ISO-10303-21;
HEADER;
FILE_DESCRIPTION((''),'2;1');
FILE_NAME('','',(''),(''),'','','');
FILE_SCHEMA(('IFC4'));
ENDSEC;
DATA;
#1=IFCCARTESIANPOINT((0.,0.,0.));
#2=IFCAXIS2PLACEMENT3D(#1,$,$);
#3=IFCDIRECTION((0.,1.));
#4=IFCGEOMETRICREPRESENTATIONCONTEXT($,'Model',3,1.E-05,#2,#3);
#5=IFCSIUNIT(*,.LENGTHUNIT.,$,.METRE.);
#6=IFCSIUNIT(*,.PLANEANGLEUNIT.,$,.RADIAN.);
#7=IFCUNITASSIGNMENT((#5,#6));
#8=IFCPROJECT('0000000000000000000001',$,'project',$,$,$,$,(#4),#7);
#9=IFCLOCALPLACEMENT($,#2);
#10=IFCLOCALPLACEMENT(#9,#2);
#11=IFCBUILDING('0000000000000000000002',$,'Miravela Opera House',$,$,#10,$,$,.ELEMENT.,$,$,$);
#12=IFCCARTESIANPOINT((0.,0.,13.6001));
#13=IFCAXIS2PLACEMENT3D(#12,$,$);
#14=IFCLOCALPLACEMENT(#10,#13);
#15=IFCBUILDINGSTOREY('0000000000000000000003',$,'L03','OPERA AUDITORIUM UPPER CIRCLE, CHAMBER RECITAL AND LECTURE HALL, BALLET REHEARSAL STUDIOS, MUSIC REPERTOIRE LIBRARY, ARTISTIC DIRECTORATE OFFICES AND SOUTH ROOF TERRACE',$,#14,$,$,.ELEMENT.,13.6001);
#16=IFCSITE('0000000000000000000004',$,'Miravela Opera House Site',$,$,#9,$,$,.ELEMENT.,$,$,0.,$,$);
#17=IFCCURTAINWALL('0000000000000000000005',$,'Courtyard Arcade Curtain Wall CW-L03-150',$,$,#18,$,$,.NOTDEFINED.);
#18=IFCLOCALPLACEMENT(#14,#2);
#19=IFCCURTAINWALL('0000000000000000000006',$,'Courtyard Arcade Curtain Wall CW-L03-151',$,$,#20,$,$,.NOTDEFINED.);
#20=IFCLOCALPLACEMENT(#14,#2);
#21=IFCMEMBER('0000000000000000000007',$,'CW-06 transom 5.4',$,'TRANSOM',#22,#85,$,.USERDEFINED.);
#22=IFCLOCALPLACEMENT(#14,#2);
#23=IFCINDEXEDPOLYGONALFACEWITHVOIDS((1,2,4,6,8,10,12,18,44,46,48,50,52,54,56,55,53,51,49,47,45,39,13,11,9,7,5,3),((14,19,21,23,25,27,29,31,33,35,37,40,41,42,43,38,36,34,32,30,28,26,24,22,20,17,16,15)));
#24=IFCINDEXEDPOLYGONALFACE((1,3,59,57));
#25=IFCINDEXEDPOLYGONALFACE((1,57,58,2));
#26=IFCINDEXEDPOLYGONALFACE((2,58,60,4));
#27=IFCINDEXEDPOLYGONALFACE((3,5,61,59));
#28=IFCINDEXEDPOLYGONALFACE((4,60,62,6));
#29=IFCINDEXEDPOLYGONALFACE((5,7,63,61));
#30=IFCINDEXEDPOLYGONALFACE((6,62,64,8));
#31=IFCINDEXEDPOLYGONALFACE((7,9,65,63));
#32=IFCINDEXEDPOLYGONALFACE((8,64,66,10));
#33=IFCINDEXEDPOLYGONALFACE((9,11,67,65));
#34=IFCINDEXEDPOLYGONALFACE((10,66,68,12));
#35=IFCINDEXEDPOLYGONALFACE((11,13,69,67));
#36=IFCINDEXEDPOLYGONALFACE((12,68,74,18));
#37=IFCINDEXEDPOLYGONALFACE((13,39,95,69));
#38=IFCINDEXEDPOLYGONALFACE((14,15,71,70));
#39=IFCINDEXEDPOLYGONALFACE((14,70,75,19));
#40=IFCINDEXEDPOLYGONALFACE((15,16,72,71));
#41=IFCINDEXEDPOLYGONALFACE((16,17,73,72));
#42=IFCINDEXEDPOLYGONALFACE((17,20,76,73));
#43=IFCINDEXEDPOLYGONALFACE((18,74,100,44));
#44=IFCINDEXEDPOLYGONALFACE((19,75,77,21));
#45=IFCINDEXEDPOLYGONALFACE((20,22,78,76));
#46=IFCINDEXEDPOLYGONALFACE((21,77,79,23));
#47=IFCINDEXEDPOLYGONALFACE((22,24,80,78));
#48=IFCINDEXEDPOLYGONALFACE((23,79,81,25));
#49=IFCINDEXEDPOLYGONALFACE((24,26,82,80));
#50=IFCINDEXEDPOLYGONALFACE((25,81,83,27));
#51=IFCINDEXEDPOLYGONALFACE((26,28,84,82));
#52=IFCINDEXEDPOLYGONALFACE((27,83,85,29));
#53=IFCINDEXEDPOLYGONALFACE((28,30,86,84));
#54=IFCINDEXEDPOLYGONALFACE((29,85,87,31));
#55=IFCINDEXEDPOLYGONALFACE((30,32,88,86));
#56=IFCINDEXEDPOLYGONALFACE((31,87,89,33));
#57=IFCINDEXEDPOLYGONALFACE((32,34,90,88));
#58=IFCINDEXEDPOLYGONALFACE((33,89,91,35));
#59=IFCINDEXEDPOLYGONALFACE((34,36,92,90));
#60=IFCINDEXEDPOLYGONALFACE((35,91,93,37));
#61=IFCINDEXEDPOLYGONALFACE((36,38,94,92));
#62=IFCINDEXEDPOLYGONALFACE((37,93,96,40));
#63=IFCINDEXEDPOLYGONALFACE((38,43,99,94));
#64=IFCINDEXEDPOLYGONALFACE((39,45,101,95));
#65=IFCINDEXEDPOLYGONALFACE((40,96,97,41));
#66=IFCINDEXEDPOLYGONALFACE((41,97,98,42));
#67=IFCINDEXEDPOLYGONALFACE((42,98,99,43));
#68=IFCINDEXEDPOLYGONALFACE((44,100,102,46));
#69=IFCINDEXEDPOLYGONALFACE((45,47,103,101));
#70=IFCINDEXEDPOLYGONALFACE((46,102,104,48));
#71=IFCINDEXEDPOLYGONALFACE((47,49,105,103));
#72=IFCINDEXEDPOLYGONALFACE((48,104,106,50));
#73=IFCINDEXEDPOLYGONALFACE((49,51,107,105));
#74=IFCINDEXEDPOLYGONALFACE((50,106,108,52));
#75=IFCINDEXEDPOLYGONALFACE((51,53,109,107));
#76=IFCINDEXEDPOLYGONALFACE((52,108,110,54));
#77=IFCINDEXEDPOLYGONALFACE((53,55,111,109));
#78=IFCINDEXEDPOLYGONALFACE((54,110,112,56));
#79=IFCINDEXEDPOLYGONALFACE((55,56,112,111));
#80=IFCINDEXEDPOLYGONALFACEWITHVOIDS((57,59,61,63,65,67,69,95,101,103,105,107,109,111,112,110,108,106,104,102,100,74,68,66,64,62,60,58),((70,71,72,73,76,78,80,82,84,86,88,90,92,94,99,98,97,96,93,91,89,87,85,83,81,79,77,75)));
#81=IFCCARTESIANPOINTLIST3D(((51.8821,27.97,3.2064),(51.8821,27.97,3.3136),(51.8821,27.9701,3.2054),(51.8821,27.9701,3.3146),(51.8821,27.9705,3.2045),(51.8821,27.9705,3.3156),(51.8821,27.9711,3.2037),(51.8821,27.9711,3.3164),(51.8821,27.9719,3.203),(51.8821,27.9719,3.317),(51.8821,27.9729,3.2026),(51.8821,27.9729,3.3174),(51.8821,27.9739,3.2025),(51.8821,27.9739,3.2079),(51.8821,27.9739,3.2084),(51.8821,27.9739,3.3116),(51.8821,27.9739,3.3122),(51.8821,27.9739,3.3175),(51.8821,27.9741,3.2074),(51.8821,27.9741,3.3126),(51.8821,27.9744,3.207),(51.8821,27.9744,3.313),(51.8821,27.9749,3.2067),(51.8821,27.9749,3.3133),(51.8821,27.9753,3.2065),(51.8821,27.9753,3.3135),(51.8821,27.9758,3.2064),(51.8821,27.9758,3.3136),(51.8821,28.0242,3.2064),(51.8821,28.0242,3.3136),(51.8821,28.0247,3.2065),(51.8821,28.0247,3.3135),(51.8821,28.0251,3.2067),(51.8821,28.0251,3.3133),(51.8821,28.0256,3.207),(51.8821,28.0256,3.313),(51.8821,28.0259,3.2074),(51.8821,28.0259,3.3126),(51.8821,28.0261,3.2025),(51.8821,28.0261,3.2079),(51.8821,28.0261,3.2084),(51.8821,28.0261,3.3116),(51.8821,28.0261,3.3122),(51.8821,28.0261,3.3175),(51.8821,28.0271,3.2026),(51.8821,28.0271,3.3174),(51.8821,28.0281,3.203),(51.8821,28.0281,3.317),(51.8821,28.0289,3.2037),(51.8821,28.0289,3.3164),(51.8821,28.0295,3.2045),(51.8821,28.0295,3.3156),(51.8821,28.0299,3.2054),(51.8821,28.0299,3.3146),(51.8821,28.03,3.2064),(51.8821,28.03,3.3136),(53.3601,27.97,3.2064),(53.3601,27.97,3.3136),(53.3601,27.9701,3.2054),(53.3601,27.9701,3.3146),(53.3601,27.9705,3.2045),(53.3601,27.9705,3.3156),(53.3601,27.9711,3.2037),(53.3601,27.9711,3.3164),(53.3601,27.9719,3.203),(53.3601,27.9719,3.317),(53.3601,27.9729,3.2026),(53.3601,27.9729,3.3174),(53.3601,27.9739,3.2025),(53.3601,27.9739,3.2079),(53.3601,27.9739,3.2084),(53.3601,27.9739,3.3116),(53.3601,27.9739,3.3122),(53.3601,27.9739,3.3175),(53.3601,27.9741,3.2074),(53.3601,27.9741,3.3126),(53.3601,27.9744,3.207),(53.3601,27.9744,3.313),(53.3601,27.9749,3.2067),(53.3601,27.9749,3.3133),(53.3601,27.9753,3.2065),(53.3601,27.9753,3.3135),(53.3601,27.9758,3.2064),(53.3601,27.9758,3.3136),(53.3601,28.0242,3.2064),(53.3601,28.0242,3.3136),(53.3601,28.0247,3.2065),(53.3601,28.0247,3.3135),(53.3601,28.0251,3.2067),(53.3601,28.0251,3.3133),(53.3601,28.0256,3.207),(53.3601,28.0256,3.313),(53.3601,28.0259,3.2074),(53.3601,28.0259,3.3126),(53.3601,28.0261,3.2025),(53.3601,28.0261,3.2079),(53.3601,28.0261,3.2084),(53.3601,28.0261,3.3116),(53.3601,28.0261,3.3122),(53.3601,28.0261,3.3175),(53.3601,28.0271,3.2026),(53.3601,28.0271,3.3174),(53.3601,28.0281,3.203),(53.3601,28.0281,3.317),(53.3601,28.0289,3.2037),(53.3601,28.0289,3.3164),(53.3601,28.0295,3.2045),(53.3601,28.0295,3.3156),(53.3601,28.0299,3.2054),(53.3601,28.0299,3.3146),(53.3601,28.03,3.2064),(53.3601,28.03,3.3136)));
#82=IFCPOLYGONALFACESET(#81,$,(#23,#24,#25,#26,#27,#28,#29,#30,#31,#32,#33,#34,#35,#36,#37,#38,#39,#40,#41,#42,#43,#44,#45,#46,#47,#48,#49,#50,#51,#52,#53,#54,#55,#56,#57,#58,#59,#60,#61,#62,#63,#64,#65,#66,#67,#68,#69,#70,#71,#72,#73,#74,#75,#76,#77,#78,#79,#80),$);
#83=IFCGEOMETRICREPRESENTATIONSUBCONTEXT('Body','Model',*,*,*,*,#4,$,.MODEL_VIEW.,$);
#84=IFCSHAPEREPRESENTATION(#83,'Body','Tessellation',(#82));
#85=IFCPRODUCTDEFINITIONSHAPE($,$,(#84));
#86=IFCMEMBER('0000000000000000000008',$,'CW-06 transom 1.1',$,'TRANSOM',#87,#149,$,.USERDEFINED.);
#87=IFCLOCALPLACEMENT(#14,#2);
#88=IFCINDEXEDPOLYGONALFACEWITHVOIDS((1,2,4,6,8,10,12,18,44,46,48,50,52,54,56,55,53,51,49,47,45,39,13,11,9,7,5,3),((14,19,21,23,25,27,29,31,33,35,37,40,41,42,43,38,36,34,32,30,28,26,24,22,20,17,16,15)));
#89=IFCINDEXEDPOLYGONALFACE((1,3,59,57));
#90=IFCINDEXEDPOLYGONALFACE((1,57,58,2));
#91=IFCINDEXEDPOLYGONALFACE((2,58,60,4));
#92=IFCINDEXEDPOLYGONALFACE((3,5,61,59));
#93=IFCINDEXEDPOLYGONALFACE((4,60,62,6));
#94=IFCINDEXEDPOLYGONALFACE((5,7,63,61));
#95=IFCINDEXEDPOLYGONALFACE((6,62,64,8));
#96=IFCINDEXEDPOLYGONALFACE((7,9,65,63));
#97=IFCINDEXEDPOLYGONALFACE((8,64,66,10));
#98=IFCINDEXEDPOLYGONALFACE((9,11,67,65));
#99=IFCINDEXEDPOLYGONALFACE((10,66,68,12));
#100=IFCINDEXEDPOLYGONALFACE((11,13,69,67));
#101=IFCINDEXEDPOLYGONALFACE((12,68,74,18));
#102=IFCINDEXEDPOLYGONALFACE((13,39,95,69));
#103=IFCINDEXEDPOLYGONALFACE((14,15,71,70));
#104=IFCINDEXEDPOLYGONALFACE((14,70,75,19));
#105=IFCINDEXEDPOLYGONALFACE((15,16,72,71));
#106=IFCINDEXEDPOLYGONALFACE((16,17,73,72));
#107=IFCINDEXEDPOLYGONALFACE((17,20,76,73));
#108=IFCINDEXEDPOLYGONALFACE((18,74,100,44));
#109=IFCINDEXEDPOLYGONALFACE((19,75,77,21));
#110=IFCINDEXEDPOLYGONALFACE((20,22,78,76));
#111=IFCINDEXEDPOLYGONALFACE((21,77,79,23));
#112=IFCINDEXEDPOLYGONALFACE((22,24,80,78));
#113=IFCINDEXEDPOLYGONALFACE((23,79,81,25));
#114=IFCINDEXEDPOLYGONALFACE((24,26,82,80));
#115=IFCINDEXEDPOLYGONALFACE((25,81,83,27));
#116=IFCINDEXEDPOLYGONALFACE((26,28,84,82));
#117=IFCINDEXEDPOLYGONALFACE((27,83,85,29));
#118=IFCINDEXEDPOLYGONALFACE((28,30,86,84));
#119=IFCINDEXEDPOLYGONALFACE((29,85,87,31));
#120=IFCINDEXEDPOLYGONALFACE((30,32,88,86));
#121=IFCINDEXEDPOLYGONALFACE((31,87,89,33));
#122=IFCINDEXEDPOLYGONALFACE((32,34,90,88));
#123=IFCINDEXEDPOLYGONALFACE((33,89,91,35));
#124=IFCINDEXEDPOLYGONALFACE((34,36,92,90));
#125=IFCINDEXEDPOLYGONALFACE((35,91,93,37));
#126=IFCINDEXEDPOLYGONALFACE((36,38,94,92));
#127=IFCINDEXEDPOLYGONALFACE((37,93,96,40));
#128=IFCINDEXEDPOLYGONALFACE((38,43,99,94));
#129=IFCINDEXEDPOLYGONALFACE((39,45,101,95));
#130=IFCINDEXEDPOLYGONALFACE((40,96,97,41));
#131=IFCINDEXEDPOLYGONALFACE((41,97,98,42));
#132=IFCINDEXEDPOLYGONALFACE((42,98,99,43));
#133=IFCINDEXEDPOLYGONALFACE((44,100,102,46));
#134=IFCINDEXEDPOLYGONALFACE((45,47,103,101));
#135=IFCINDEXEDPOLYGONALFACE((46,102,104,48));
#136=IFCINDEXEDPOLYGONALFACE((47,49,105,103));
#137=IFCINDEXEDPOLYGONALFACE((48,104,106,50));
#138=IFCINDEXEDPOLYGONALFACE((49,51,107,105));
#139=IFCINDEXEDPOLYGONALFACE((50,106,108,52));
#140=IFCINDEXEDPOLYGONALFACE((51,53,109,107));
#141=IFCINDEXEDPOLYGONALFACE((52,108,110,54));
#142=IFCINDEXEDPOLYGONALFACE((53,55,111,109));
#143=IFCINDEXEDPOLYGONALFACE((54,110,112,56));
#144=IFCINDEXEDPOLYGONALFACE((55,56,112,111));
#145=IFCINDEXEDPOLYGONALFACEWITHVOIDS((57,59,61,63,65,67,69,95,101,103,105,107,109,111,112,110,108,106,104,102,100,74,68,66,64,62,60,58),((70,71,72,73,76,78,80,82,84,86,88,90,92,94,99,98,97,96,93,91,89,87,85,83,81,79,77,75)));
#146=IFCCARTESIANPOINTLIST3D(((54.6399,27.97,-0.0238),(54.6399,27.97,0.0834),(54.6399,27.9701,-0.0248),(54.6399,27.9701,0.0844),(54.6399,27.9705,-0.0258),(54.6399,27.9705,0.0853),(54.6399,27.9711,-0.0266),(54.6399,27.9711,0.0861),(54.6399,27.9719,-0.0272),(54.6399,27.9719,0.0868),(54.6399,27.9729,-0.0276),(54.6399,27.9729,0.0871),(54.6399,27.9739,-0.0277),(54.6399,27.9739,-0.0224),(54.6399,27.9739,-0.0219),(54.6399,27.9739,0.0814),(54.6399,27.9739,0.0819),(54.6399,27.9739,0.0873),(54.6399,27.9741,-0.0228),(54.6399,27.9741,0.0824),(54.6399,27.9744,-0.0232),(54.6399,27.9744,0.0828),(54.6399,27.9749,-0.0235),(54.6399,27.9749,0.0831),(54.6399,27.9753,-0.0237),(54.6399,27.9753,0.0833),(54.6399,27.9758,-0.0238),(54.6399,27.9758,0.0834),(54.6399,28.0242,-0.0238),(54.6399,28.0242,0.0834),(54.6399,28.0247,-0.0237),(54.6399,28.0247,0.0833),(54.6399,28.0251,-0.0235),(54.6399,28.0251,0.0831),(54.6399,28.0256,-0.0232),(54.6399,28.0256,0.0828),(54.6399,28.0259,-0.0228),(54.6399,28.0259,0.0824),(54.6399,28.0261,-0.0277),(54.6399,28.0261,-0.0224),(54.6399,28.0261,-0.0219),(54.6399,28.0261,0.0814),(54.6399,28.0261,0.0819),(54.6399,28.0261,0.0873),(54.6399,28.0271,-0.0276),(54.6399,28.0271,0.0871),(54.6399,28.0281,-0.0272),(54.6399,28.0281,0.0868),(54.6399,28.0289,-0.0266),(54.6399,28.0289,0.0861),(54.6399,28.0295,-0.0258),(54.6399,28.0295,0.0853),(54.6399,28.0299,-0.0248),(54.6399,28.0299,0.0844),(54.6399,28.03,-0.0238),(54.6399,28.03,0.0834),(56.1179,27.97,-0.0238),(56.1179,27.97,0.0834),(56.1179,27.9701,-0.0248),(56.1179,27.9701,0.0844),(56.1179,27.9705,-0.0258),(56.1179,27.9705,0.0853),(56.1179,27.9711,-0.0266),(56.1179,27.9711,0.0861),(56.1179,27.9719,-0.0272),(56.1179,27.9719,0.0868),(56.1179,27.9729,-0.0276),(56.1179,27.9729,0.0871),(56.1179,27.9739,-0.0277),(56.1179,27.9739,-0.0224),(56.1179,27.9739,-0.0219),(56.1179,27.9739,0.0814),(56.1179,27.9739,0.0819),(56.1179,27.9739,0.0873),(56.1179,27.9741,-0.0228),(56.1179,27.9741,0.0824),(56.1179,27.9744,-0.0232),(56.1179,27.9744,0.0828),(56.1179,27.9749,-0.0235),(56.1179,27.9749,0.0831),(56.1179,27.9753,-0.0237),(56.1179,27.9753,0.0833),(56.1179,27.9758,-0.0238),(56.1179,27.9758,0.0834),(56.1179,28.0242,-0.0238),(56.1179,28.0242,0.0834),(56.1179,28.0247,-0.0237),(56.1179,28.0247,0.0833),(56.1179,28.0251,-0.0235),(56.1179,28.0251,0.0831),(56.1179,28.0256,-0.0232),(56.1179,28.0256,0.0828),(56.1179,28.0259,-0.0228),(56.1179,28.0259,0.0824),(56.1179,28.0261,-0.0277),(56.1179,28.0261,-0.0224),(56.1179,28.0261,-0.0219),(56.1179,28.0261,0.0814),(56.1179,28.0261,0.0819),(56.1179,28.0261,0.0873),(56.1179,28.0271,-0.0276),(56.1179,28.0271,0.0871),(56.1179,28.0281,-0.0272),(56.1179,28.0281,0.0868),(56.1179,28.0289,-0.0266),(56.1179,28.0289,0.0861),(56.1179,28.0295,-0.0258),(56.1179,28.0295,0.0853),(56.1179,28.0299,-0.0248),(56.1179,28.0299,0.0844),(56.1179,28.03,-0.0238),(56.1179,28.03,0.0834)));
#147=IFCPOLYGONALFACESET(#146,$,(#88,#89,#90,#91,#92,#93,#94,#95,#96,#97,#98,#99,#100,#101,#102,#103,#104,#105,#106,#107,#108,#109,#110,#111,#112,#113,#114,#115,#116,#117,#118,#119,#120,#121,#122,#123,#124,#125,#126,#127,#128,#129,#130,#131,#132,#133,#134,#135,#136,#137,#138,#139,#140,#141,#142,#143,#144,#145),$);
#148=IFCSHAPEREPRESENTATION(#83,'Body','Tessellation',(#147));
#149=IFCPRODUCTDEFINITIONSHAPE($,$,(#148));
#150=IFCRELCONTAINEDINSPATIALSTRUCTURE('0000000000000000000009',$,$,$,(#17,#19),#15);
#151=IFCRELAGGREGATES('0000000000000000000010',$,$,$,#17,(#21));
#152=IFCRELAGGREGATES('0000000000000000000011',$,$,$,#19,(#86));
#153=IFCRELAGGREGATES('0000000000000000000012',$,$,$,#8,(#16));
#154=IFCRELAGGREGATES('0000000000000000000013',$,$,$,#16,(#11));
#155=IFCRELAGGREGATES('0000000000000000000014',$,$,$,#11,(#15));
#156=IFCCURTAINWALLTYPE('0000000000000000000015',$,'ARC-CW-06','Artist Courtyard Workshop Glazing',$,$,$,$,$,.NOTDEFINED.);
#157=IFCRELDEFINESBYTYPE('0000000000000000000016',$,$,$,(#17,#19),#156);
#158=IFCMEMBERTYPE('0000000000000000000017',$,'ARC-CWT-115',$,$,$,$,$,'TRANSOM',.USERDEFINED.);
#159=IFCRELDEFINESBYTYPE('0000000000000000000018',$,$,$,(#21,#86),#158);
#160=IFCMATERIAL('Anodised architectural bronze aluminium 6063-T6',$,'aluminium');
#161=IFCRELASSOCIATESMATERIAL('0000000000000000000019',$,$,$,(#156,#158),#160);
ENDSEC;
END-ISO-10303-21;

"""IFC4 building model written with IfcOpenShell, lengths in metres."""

from ifc_helpers import new_model, si_unit, direction, frame, origin, origin_2d, place, context, subcontext, project, spatial, hollow_rectangle, extrude, material, material_profile, profile_set, type_object, element, aggregate, save


model = new_model("IFC4")

# Units and contexts
model_context = context("Model", 3, precision=1e-05, world=origin(), true_north=direction((0.0, 1.0)))
body_context = subcontext(model_context, "Body", "Model", "MODEL_VIEW")
ifc_project = project(units=[si_unit("LENGTHUNIT", "METRE"), si_unit("PLANEANGLEUNIT", "RADIAN")], contexts=[model_context])

# Site, building, storey
site_placement = place(None, origin())
site = spatial("IfcSite", under=ifc_project, at=site_placement, Name="Miravela Opera House Site", CompositionType="ELEMENT", RefElevation=0.0)
building_placement = place(site_placement, origin())
building = spatial("IfcBuilding", under=site, at=building_placement, Name="Miravela Opera House", CompositionType="ELEMENT")
storey_placement = place(building_placement, frame((0.0, 0.0, 13.6001)))
storey = spatial("IfcBuildingStorey", under=building, at=storey_placement, Name="L03", Description="OPERA AUDITORIUM UPPER CIRCLE, CHAMBER RECITAL AND LECTURE HALL, BALLET REHEARSAL STUDIOS, MUSIC REPERTOIRE LIBRARY, ARTISTIC DIRECTORATE OFFICES AND SOUTH ROOF TERRACE", CompositionType="ELEMENT", Elevation=13.6001)

# Curtain wall
ifc_material_1 = material(Name="Anodised architectural bronze aluminium 6063-T6", Category="aluminium")
curtain_wall_type = type_object("IfcCurtainWallType", Name="ARC-CW-06", Description="Artist Courtyard Workshop Glazing", PredefinedType="NOTDEFINED", material=ifc_material_1)
curtain_wall_1_placement = place(storey_placement, origin())
curtain_wall_1 = element("IfcCurtainWall", 1, at=curtain_wall_1_placement, inside=storey, type_object=curtain_wall_type, Name="Courtyard Arcade Curtain Wall CW-L03-150", PredefinedType="NOTDEFINED")

# Curtain wall
curtain_wall_2_placement = place(storey_placement, origin())
curtain_wall_2 = element("IfcCurtainWall", 2, at=curtain_wall_2_placement, inside=storey, type_object=curtain_wall_type, Name="Courtyard Arcade Curtain Wall CW-L03-151", PredefinedType="NOTDEFINED")

# Members
ifc_material_profile_1 = material_profile(ifc_material_1, hollow_rectangle(XDim=0.0601, YDim=0.115, WallThickness=0.0039, InnerFilletRadius=0.002, OuterFilletRadius=0.0039, at=origin_2d()), Name="CWT-60X115")
ifc_profile_set_1 = profile_set([ifc_material_profile_1])
member_type_1 = type_object("IfcMemberType", Name="ARC-CWT-115", ElementType="TRANSOM", PredefinedType="USERDEFINED", material=ifc_profile_set_1)
member_1_placement = place(storey_placement, frame((51.8821, 28.0, 3.26), z_axis=(1.0, 0.0, 0.0), x_axis=(0.0, 1.0, 0.0)))
member_1 = element("IfcMember", 3, at=member_1_placement, type_object=member_type_1, Name="CW-06 transom 5.4", ObjectType="TRANSOM", PredefinedType="USERDEFINED", context=body_context, shape_type="SweptSolid", body=[
    extrude(hollow_rectangle(XDim=0.0601, YDim=0.115, WallThickness=0.0039, InnerFilletRadius=0.002, OuterFilletRadius=0.0039, at=origin_2d()), origin(), (0.0, 0.0, 1.0), 1.478),
])
member_2_placement = place(storey_placement, frame((54.6399, 28.0, 0.0298), z_axis=(1.0, 0.0, 0.0), x_axis=(0.0, 1.0, 0.0)))
member_2 = element("IfcMember", 4, at=member_2_placement, type_object=member_type_1, Name="CW-06 transom 1.1", ObjectType="TRANSOM", PredefinedType="USERDEFINED", context=body_context, shape_type="SweptSolid", body=[
    extrude(hollow_rectangle(XDim=0.0601, YDim=0.115, WallThickness=0.0039, InnerFilletRadius=0.002, OuterFilletRadius=0.0039, at=origin_2d()), origin(), (0.0, 0.0, 1.0), 1.478),
])

aggregate(curtain_wall_1, [member_1])
aggregate(curtain_wall_2, [member_2])

save(model, "model.ifc")
